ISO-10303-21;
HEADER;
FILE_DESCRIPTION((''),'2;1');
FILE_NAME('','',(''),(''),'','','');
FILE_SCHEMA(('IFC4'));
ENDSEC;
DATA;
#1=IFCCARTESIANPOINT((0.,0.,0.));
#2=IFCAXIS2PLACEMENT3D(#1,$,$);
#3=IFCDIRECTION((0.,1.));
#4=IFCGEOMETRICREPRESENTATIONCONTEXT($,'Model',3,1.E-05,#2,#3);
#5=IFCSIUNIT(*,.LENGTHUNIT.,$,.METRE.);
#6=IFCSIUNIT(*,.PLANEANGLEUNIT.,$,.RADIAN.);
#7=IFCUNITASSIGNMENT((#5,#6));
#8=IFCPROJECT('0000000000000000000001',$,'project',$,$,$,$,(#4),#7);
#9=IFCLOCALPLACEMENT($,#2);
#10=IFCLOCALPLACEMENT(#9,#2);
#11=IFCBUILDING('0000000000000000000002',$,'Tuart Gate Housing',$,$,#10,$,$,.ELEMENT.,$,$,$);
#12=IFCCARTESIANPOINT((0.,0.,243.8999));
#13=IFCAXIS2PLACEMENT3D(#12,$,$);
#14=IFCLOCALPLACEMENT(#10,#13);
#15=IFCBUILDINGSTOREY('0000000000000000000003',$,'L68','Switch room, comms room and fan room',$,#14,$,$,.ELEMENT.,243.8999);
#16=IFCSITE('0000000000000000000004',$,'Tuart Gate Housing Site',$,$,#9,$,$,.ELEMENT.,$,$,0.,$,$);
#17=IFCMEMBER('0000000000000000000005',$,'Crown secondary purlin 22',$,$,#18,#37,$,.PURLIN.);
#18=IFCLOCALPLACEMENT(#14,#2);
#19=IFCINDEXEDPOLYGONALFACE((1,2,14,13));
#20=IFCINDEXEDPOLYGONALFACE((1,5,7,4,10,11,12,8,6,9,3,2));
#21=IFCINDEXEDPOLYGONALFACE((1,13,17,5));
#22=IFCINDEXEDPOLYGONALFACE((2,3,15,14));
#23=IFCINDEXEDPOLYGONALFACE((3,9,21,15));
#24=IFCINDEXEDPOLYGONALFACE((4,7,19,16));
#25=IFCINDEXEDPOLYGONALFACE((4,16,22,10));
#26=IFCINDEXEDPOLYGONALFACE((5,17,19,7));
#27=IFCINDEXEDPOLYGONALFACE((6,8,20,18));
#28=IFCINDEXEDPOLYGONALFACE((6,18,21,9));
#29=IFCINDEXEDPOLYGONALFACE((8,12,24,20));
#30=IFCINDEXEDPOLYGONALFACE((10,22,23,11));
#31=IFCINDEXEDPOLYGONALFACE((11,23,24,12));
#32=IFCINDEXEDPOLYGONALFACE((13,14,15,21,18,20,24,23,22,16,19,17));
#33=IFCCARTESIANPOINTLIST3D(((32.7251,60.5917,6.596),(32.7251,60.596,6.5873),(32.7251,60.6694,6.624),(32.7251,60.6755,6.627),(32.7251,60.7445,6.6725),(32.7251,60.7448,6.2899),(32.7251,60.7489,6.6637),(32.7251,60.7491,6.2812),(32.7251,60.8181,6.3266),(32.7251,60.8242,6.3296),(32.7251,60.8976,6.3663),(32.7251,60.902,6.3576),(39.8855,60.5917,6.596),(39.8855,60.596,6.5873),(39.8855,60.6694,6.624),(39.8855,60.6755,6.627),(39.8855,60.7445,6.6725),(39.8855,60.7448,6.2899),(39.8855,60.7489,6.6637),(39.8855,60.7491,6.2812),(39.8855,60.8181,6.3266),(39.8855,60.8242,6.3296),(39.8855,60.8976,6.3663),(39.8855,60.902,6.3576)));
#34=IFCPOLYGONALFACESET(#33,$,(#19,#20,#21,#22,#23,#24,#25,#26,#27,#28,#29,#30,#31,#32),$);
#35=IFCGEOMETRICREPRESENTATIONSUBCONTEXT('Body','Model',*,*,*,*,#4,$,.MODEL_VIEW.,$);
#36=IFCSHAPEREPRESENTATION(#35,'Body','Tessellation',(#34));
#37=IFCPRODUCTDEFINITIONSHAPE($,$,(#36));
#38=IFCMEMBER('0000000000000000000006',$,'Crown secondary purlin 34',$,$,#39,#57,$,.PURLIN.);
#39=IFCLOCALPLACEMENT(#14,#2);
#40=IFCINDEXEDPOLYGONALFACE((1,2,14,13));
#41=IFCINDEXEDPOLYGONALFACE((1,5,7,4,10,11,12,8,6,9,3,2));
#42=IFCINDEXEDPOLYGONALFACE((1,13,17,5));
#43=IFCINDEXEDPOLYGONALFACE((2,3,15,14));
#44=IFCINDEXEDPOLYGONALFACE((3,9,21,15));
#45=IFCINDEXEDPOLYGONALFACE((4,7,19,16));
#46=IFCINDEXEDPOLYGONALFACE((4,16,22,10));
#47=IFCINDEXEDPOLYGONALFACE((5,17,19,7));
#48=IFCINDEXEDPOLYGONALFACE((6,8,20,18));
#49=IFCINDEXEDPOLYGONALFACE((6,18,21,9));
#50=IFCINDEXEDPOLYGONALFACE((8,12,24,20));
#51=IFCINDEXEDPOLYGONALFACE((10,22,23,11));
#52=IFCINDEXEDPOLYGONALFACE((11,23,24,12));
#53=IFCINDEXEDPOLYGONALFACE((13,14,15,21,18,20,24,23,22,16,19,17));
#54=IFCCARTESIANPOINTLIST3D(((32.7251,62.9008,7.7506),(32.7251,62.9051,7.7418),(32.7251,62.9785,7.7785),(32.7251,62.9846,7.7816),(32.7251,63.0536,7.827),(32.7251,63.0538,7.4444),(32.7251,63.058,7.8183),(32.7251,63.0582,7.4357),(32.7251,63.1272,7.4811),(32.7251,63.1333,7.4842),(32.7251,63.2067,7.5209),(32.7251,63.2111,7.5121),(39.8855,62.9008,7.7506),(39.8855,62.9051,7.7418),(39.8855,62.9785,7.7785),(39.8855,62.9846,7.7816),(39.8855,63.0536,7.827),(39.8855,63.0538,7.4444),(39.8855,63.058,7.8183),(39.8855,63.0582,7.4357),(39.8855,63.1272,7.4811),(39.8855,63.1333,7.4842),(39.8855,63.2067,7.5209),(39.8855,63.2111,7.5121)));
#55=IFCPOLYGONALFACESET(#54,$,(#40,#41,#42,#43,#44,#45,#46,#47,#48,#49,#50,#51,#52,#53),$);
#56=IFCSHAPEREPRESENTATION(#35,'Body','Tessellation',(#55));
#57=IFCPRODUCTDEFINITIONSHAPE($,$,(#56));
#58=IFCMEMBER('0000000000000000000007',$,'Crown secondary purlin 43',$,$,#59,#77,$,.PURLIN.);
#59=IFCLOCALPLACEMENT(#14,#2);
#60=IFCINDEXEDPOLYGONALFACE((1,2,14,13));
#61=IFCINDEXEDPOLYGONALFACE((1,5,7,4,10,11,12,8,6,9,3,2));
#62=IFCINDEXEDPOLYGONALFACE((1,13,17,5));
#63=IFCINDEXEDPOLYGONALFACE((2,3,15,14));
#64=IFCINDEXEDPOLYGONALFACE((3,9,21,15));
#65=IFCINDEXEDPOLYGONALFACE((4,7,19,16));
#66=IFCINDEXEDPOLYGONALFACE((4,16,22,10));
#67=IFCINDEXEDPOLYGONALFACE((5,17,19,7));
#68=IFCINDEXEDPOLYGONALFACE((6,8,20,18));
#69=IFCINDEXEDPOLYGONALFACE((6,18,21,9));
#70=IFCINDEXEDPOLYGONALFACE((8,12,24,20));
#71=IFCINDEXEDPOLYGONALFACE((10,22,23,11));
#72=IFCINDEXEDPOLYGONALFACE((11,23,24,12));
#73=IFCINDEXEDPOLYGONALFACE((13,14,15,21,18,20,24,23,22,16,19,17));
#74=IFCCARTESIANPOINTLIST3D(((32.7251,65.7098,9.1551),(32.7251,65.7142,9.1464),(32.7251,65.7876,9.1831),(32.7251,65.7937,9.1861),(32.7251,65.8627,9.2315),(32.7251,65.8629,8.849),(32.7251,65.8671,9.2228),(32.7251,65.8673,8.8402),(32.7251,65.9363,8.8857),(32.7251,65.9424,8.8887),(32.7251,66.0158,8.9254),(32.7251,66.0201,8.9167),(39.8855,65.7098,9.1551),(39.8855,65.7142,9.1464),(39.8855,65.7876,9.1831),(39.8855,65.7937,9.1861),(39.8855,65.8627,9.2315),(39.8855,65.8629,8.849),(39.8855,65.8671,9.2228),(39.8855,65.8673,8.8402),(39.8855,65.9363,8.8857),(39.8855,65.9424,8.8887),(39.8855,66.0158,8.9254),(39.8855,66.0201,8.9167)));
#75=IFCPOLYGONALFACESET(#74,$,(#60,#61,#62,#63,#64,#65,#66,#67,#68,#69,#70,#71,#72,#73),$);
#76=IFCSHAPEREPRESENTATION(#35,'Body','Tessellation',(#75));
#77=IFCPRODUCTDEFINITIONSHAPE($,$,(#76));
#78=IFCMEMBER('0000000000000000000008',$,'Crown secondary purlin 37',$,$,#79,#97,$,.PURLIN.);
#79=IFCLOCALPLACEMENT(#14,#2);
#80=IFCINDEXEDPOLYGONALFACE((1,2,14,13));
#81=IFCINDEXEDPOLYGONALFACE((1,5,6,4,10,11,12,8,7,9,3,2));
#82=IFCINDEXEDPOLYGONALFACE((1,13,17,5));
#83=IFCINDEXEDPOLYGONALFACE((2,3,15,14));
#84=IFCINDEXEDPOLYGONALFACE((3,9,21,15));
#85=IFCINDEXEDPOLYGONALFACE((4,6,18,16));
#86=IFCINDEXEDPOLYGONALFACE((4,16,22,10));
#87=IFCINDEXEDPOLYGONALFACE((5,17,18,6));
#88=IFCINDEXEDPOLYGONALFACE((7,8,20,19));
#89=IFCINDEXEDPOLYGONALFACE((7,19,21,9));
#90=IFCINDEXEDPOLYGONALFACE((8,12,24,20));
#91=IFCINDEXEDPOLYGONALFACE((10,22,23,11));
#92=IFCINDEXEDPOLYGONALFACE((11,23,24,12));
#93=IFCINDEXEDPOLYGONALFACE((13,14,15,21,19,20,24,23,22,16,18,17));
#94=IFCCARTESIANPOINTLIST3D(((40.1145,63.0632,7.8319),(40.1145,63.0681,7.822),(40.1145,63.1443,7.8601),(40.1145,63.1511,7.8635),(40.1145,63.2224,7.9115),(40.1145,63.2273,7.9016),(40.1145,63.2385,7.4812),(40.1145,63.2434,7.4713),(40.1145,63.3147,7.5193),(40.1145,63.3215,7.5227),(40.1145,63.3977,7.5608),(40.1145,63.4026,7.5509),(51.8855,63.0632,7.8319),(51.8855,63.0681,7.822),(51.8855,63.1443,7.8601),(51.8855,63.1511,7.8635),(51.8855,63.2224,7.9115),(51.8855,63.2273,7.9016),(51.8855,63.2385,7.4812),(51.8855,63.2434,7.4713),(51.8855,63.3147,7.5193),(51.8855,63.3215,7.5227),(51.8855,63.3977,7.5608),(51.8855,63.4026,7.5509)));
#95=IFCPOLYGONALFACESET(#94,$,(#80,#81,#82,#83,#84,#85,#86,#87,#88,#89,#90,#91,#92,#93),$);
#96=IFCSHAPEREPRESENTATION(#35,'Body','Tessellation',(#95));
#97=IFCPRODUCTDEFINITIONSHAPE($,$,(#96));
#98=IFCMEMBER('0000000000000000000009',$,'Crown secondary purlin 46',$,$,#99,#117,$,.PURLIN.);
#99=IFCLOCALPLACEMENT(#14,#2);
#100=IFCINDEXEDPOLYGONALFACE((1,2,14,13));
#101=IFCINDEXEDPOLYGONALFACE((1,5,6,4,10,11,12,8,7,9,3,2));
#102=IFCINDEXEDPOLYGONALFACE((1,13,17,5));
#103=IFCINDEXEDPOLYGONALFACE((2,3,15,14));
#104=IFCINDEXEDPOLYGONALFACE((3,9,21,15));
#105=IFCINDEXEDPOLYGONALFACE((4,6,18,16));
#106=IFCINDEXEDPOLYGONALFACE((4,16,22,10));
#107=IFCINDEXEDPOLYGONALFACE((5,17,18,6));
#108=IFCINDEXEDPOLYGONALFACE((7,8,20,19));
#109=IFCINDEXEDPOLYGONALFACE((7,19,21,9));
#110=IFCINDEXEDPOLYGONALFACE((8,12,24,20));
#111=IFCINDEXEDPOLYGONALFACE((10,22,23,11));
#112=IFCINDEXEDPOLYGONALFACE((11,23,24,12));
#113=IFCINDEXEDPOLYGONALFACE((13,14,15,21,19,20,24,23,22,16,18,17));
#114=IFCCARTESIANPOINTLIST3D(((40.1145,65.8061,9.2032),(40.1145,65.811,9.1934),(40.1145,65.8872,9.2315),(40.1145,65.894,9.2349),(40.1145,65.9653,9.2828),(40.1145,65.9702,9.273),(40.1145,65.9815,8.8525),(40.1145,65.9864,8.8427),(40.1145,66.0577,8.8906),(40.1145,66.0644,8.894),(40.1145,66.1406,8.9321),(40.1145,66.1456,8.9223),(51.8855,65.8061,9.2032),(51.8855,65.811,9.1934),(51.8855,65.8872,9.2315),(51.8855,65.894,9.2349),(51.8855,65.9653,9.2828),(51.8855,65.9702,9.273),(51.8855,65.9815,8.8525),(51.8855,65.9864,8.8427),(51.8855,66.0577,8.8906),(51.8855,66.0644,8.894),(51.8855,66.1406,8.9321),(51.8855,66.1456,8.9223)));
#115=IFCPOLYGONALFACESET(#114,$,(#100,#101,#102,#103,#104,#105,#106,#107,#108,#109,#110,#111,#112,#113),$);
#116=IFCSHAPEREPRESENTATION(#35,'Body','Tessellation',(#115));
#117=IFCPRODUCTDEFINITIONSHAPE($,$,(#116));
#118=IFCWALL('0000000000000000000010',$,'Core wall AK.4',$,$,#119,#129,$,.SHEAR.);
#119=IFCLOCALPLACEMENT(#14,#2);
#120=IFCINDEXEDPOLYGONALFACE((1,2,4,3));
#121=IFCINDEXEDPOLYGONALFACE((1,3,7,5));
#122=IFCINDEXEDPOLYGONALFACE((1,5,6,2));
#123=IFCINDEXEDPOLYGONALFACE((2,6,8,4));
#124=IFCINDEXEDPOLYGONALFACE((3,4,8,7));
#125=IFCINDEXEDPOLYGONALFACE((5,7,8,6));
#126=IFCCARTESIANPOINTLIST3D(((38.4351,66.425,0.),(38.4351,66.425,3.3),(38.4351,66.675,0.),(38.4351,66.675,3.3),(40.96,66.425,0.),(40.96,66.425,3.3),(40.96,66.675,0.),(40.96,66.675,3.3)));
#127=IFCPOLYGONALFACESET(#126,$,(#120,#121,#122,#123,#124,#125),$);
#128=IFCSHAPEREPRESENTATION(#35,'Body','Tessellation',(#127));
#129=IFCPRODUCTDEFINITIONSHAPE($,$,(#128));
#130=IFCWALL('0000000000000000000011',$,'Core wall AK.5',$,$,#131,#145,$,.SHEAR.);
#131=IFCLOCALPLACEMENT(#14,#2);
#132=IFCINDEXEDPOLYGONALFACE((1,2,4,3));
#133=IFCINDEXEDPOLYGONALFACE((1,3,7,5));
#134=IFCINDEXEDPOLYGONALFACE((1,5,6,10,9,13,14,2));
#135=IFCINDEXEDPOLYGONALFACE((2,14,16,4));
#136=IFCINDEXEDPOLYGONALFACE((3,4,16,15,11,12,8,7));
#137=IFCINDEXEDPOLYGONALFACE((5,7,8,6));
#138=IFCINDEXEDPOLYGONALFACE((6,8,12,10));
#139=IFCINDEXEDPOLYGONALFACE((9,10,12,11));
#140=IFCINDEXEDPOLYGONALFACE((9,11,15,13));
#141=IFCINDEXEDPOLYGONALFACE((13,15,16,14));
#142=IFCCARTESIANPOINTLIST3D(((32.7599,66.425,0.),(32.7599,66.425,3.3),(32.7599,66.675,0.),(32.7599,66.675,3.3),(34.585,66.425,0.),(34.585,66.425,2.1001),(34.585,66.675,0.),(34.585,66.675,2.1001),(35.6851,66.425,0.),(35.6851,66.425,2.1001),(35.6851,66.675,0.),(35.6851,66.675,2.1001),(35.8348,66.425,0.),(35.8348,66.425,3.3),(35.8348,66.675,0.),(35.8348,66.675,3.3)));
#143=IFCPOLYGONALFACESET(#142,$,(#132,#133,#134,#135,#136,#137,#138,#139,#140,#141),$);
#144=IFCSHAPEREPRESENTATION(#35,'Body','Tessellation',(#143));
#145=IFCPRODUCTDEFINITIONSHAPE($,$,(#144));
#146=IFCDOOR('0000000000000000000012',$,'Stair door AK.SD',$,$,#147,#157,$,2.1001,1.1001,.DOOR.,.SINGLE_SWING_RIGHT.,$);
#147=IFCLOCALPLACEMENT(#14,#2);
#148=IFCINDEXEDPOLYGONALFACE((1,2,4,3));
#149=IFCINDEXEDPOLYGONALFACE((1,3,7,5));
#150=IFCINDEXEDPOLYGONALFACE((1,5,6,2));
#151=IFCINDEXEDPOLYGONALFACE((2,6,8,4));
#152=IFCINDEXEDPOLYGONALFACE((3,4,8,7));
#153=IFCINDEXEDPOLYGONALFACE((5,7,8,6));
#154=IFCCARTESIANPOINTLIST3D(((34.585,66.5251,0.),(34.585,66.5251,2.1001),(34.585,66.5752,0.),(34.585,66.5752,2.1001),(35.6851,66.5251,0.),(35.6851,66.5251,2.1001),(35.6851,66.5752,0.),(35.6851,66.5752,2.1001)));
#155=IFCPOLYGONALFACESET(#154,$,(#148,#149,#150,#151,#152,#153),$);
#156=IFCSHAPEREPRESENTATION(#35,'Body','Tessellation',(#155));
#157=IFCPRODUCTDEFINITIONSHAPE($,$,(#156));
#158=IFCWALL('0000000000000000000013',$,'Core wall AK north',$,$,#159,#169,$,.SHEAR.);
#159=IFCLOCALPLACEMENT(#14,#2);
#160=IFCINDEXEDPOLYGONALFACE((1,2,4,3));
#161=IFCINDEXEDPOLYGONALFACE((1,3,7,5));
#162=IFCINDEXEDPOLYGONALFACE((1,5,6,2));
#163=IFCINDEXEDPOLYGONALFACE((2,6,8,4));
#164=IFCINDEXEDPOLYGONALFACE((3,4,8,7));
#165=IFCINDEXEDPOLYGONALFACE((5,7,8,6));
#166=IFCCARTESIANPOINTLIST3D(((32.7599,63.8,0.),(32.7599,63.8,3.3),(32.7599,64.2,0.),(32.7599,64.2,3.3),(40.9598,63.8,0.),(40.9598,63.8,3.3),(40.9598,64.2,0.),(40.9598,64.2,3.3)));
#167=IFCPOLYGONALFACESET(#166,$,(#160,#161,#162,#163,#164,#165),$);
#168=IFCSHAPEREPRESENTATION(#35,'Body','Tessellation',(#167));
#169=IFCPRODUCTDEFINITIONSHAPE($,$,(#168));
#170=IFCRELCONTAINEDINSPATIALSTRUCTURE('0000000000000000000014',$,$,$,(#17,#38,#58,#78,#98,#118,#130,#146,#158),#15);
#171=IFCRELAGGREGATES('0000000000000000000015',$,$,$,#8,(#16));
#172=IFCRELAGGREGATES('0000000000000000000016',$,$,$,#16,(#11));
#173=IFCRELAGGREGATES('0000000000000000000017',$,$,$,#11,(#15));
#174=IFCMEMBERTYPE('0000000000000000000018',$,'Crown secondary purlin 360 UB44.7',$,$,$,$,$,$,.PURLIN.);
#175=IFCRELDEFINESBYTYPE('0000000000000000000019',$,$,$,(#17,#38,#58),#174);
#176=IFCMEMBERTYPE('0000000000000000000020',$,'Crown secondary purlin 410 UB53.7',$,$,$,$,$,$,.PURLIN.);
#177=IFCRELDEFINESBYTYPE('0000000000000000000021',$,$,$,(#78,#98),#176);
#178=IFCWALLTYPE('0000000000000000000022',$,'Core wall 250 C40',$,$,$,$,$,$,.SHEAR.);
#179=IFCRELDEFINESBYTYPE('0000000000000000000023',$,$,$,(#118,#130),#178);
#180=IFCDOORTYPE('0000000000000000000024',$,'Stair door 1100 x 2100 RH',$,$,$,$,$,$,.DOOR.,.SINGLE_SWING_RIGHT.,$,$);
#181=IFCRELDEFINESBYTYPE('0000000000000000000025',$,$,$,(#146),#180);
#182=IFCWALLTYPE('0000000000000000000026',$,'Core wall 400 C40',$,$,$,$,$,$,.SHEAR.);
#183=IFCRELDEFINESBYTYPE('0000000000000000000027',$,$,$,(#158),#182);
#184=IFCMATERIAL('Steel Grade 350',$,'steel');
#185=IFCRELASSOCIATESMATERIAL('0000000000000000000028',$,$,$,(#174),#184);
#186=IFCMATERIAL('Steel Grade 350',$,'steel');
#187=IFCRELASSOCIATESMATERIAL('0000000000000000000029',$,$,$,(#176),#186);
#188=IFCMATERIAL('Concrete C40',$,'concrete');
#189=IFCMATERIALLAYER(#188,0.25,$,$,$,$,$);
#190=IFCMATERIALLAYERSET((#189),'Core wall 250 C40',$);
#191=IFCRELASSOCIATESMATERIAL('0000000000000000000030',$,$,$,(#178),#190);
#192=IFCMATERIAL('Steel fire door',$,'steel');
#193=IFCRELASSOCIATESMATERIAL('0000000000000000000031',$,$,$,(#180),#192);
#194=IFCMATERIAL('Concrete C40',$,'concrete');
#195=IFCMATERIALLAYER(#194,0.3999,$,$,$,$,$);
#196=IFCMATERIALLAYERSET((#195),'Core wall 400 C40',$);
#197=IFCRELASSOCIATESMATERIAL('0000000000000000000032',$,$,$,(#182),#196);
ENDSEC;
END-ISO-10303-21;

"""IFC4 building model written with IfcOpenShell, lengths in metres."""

from ifc_helpers import new_model, si_unit, direction, frame, frame_2d, origin, origin_2d, place, context, subcontext, project, spatial, rectangle, i_section, extrude, material, layer, layer_set, material_profile, profile_set, type_object, element, fill, save


model = new_model("IFC4")

# Units and contexts
model_context = context("Model", 3, precision=1e-05, world=origin(), true_north=direction((0.0, 1.0)))
body_context = subcontext(model_context, "Body", "Model", "MODEL_VIEW")
ifc_project = project(units=[si_unit("LENGTHUNIT", "METRE"), si_unit("PLANEANGLEUNIT", "RADIAN")], contexts=[model_context])

# Site, building, storey
site_placement = place(None, origin())
site = spatial("IfcSite", under=ifc_project, at=site_placement, Name="Tuart Gate Housing Site", CompositionType="ELEMENT", RefElevation=0.0)
building_placement = place(site_placement, origin())
building = spatial("IfcBuilding", under=site, at=building_placement, Name="Tuart Gate Housing", CompositionType="ELEMENT")
storey_placement = place(building_placement, frame((0.0, 0.0, 243.8999)))
storey = spatial("IfcBuildingStorey", under=building, at=storey_placement, Name="L68", Description="Switch room, comms room and fan room", CompositionType="ELEMENT", Elevation=243.8999)

# Members
ifc_material_1 = material(Name="Steel Grade 350", Category="steel")
ifc_material_profile_1 = material_profile(ifc_material_1, i_section(OverallWidth=0.1709, OverallDepth=0.3521, WebThickness=0.0068, FlangeThickness=0.0098, at=origin_2d()), Name="360UB44.7")
ifc_profile_set_1 = profile_set([ifc_material_profile_1], Name="Steel Grade 350")
member_type_1 = type_object("IfcMemberType", Name="Crown secondary purlin 360 UB44.7", PredefinedType="PURLIN", material=ifc_profile_set_1)
for number, where, z_axis, x_axis, name in (
    (1, (32.7251, 60.7468, 6.4768), (1.0, 0.0, 0.0), (0.0, 0.894427, 0.447214), "Crown secondary purlin 22"),
    (2, (32.7251, 63.0559, 7.6313), (1.0, 0.0, 0.0), (0.0, 0.894427, 0.447214), "Crown secondary purlin 34"),
    (3, (32.7251, 65.865, 9.0359), (1.0, 0.0, 0.0), (0.0, 0.894427, 0.447214), "Crown secondary purlin 43"),
):
    element("IfcMember", number, at=place(storey_placement, frame(where, z_axis=z_axis, x_axis=x_axis)), inside=storey, type_object=member_type_1, Name=name, PredefinedType="PURLIN", context=body_context, shape_type="SweptSolid", body=[
        extrude(i_section(OverallWidth=0.1709, OverallDepth=0.3521, WebThickness=0.0068, FlangeThickness=0.0098, at=origin_2d()), origin(), (0.0, 0.0, 1.0), 7.1604),
    ])
ifc_material_2 = material(Name="Steel Grade 350", Category="steel")
ifc_material_profile_2 = material_profile(ifc_material_2, i_section(OverallWidth=0.178, OverallDepth=0.4031, WebThickness=0.0076, FlangeThickness=0.011, at=origin_2d()), Name="410UB53.7")
ifc_profile_set_2 = profile_set([ifc_material_profile_2], Name="Steel Grade 350")
member_type_2 = type_object("IfcMemberType", Name="Crown secondary purlin 410 UB53.7", PredefinedType="PURLIN", material=ifc_profile_set_2)
for number, where, z_axis, x_axis, name in (
    (4, (40.1145, 63.2329, 7.6914), (1.0, 0.0, 0.0), (0.0, 0.894427, 0.447214), "Crown secondary purlin 37"),
    (5, (40.1145, 65.9758, 9.0627), (1.0, 0.0, 0.0), (0.0, 0.894427, 0.447214), "Crown secondary purlin 46"),
):
    element("IfcMember", number, at=place(storey_placement, frame(where, z_axis=z_axis, x_axis=x_axis)), inside=storey, type_object=member_type_2, Name=name, PredefinedType="PURLIN", context=body_context, shape_type="SweptSolid", body=[
        extrude(i_section(OverallWidth=0.178, OverallDepth=0.4031, WebThickness=0.0076, FlangeThickness=0.011, at=origin_2d()), origin(), (0.0, 0.0, 1.0), 11.771),
    ])

# Wall
ifc_material_3 = material(Name="Concrete C40", Category="concrete")
ifc_layer_1 = layer(ifc_material_3, 0.25)
ifc_layer_set_1 = layer_set([ifc_layer_1], Name="Core wall 250 C40")
wall_type_1 = type_object("IfcWallType", Name="Core wall 250 C40", PredefinedType="SHEAR", material=ifc_layer_set_1)
wall_1_placement = place(storey_placement, frame((40.96, 66.55, 0.0), z_axis=(0.0, 0.0, 1.0), x_axis=(-1.0, 0.0, 0.0)))
element("IfcWall", 6, at=wall_1_placement, inside=storey, type_object=wall_type_1, Name="Core wall AK.4", PredefinedType="SHEAR", context=body_context, shape_type="SweptSolid", body=[
    extrude(rectangle(XDim=2.5249, YDim=0.25, at=frame_2d((1.2625, 0.0))), origin(), (0.0, 0.0, 1.0), 3.3),
])

# Wall, opening, door
wall_2_placement = place(storey_placement, frame((35.835, 66.55, 0.0), z_axis=(0.0, 0.0, 1.0), x_axis=(-1.0, 0.0, 0.0)))
wall_2 = element("IfcWall", 7, at=wall_2_placement, inside=storey, type_object=wall_type_1, Name="Core wall AK.5", PredefinedType="SHEAR", context=body_context, shape_type="SweptSolid", body=[
    extrude(rectangle(XDim=3.075, YDim=0.25, at=frame_2d((1.5376, 0.0))), origin(), (0.0, 0.0, 1.0), 3.3),
])
opening_1_placement = place(wall_2_placement, frame((0.1499, 0.0, 0.0)))
opening_1 = element("IfcOpeningElement", 8, at=opening_1_placement, cuts=wall_2, PredefinedType="OPENING", context=body_context, shape_type="SweptSolid", body=[
    extrude(rectangle(XDim=1.1001, YDim=2.1001, at=frame_2d((0.55, 1.05))), frame((0.0, 0.135, 0.0), z_axis=(0.0, -1.0, 0.0), x_axis=(1.0, 0.0, 0.0)), (0.0, 0.0, 1.0), 0.27),
])
ifc_material_4 = material(Name="Steel fire door", Category="steel")
door_type_1 = type_object("IfcDoorType", Name="Stair door 1100 x 2100 RH", OperationType="SINGLE_SWING_RIGHT", PredefinedType="DOOR", material=ifc_material_4)
door_1_placement = place(opening_1_placement, frame((1.1001, 0.0, 0.0), z_axis=(0.0, 0.0, 1.0), x_axis=(-1.0, 0.0, 0.0)))
door_1 = element("IfcDoor", 9, at=door_1_placement, inside=storey, type_object=door_type_1, Name="Stair door AK.SD", OperationType="SINGLE_SWING_RIGHT", OverallHeight=2.1001, OverallWidth=1.1001, PredefinedType="DOOR", context=body_context, shape_type="SweptSolid", body=[
    extrude(rectangle(XDim=1.1001, YDim=2.1001, at=frame_2d((0.55, 1.05))), frame((0.0, 0.0251, 0.0), z_axis=(0.0, -1.0, 0.0), x_axis=(1.0, 0.0, 0.0)), (0.0, 0.0, 1.0), 0.05),
])
fill(opening_1, door_1)

# Wall
ifc_material_5 = material(Name="Concrete C40", Category="concrete")
ifc_layer_2 = layer(ifc_material_5, 0.3999)
ifc_layer_set_2 = layer_set([ifc_layer_2], Name="Core wall 400 C40")
wall_type_2 = type_object("IfcWallType", Name="Core wall 400 C40", PredefinedType="SHEAR", material=ifc_layer_set_2)
wall_3_placement = place(storey_placement, frame((40.96, 64.0, 0.0), z_axis=(0.0, 0.0, 1.0), x_axis=(-1.0, 0.0, 0.0)))
element("IfcWall", 10, at=wall_3_placement, inside=storey, type_object=wall_type_2, Name="Core wall AK north", PredefinedType="SHEAR", context=body_context, shape_type="SweptSolid", body=[
    extrude(rectangle(XDim=8.2, YDim=0.3999, at=frame_2d((4.1001, 0.0))), origin(), (0.0, 0.0, 1.0), 3.3),
])

save(model, "model.ifc")
